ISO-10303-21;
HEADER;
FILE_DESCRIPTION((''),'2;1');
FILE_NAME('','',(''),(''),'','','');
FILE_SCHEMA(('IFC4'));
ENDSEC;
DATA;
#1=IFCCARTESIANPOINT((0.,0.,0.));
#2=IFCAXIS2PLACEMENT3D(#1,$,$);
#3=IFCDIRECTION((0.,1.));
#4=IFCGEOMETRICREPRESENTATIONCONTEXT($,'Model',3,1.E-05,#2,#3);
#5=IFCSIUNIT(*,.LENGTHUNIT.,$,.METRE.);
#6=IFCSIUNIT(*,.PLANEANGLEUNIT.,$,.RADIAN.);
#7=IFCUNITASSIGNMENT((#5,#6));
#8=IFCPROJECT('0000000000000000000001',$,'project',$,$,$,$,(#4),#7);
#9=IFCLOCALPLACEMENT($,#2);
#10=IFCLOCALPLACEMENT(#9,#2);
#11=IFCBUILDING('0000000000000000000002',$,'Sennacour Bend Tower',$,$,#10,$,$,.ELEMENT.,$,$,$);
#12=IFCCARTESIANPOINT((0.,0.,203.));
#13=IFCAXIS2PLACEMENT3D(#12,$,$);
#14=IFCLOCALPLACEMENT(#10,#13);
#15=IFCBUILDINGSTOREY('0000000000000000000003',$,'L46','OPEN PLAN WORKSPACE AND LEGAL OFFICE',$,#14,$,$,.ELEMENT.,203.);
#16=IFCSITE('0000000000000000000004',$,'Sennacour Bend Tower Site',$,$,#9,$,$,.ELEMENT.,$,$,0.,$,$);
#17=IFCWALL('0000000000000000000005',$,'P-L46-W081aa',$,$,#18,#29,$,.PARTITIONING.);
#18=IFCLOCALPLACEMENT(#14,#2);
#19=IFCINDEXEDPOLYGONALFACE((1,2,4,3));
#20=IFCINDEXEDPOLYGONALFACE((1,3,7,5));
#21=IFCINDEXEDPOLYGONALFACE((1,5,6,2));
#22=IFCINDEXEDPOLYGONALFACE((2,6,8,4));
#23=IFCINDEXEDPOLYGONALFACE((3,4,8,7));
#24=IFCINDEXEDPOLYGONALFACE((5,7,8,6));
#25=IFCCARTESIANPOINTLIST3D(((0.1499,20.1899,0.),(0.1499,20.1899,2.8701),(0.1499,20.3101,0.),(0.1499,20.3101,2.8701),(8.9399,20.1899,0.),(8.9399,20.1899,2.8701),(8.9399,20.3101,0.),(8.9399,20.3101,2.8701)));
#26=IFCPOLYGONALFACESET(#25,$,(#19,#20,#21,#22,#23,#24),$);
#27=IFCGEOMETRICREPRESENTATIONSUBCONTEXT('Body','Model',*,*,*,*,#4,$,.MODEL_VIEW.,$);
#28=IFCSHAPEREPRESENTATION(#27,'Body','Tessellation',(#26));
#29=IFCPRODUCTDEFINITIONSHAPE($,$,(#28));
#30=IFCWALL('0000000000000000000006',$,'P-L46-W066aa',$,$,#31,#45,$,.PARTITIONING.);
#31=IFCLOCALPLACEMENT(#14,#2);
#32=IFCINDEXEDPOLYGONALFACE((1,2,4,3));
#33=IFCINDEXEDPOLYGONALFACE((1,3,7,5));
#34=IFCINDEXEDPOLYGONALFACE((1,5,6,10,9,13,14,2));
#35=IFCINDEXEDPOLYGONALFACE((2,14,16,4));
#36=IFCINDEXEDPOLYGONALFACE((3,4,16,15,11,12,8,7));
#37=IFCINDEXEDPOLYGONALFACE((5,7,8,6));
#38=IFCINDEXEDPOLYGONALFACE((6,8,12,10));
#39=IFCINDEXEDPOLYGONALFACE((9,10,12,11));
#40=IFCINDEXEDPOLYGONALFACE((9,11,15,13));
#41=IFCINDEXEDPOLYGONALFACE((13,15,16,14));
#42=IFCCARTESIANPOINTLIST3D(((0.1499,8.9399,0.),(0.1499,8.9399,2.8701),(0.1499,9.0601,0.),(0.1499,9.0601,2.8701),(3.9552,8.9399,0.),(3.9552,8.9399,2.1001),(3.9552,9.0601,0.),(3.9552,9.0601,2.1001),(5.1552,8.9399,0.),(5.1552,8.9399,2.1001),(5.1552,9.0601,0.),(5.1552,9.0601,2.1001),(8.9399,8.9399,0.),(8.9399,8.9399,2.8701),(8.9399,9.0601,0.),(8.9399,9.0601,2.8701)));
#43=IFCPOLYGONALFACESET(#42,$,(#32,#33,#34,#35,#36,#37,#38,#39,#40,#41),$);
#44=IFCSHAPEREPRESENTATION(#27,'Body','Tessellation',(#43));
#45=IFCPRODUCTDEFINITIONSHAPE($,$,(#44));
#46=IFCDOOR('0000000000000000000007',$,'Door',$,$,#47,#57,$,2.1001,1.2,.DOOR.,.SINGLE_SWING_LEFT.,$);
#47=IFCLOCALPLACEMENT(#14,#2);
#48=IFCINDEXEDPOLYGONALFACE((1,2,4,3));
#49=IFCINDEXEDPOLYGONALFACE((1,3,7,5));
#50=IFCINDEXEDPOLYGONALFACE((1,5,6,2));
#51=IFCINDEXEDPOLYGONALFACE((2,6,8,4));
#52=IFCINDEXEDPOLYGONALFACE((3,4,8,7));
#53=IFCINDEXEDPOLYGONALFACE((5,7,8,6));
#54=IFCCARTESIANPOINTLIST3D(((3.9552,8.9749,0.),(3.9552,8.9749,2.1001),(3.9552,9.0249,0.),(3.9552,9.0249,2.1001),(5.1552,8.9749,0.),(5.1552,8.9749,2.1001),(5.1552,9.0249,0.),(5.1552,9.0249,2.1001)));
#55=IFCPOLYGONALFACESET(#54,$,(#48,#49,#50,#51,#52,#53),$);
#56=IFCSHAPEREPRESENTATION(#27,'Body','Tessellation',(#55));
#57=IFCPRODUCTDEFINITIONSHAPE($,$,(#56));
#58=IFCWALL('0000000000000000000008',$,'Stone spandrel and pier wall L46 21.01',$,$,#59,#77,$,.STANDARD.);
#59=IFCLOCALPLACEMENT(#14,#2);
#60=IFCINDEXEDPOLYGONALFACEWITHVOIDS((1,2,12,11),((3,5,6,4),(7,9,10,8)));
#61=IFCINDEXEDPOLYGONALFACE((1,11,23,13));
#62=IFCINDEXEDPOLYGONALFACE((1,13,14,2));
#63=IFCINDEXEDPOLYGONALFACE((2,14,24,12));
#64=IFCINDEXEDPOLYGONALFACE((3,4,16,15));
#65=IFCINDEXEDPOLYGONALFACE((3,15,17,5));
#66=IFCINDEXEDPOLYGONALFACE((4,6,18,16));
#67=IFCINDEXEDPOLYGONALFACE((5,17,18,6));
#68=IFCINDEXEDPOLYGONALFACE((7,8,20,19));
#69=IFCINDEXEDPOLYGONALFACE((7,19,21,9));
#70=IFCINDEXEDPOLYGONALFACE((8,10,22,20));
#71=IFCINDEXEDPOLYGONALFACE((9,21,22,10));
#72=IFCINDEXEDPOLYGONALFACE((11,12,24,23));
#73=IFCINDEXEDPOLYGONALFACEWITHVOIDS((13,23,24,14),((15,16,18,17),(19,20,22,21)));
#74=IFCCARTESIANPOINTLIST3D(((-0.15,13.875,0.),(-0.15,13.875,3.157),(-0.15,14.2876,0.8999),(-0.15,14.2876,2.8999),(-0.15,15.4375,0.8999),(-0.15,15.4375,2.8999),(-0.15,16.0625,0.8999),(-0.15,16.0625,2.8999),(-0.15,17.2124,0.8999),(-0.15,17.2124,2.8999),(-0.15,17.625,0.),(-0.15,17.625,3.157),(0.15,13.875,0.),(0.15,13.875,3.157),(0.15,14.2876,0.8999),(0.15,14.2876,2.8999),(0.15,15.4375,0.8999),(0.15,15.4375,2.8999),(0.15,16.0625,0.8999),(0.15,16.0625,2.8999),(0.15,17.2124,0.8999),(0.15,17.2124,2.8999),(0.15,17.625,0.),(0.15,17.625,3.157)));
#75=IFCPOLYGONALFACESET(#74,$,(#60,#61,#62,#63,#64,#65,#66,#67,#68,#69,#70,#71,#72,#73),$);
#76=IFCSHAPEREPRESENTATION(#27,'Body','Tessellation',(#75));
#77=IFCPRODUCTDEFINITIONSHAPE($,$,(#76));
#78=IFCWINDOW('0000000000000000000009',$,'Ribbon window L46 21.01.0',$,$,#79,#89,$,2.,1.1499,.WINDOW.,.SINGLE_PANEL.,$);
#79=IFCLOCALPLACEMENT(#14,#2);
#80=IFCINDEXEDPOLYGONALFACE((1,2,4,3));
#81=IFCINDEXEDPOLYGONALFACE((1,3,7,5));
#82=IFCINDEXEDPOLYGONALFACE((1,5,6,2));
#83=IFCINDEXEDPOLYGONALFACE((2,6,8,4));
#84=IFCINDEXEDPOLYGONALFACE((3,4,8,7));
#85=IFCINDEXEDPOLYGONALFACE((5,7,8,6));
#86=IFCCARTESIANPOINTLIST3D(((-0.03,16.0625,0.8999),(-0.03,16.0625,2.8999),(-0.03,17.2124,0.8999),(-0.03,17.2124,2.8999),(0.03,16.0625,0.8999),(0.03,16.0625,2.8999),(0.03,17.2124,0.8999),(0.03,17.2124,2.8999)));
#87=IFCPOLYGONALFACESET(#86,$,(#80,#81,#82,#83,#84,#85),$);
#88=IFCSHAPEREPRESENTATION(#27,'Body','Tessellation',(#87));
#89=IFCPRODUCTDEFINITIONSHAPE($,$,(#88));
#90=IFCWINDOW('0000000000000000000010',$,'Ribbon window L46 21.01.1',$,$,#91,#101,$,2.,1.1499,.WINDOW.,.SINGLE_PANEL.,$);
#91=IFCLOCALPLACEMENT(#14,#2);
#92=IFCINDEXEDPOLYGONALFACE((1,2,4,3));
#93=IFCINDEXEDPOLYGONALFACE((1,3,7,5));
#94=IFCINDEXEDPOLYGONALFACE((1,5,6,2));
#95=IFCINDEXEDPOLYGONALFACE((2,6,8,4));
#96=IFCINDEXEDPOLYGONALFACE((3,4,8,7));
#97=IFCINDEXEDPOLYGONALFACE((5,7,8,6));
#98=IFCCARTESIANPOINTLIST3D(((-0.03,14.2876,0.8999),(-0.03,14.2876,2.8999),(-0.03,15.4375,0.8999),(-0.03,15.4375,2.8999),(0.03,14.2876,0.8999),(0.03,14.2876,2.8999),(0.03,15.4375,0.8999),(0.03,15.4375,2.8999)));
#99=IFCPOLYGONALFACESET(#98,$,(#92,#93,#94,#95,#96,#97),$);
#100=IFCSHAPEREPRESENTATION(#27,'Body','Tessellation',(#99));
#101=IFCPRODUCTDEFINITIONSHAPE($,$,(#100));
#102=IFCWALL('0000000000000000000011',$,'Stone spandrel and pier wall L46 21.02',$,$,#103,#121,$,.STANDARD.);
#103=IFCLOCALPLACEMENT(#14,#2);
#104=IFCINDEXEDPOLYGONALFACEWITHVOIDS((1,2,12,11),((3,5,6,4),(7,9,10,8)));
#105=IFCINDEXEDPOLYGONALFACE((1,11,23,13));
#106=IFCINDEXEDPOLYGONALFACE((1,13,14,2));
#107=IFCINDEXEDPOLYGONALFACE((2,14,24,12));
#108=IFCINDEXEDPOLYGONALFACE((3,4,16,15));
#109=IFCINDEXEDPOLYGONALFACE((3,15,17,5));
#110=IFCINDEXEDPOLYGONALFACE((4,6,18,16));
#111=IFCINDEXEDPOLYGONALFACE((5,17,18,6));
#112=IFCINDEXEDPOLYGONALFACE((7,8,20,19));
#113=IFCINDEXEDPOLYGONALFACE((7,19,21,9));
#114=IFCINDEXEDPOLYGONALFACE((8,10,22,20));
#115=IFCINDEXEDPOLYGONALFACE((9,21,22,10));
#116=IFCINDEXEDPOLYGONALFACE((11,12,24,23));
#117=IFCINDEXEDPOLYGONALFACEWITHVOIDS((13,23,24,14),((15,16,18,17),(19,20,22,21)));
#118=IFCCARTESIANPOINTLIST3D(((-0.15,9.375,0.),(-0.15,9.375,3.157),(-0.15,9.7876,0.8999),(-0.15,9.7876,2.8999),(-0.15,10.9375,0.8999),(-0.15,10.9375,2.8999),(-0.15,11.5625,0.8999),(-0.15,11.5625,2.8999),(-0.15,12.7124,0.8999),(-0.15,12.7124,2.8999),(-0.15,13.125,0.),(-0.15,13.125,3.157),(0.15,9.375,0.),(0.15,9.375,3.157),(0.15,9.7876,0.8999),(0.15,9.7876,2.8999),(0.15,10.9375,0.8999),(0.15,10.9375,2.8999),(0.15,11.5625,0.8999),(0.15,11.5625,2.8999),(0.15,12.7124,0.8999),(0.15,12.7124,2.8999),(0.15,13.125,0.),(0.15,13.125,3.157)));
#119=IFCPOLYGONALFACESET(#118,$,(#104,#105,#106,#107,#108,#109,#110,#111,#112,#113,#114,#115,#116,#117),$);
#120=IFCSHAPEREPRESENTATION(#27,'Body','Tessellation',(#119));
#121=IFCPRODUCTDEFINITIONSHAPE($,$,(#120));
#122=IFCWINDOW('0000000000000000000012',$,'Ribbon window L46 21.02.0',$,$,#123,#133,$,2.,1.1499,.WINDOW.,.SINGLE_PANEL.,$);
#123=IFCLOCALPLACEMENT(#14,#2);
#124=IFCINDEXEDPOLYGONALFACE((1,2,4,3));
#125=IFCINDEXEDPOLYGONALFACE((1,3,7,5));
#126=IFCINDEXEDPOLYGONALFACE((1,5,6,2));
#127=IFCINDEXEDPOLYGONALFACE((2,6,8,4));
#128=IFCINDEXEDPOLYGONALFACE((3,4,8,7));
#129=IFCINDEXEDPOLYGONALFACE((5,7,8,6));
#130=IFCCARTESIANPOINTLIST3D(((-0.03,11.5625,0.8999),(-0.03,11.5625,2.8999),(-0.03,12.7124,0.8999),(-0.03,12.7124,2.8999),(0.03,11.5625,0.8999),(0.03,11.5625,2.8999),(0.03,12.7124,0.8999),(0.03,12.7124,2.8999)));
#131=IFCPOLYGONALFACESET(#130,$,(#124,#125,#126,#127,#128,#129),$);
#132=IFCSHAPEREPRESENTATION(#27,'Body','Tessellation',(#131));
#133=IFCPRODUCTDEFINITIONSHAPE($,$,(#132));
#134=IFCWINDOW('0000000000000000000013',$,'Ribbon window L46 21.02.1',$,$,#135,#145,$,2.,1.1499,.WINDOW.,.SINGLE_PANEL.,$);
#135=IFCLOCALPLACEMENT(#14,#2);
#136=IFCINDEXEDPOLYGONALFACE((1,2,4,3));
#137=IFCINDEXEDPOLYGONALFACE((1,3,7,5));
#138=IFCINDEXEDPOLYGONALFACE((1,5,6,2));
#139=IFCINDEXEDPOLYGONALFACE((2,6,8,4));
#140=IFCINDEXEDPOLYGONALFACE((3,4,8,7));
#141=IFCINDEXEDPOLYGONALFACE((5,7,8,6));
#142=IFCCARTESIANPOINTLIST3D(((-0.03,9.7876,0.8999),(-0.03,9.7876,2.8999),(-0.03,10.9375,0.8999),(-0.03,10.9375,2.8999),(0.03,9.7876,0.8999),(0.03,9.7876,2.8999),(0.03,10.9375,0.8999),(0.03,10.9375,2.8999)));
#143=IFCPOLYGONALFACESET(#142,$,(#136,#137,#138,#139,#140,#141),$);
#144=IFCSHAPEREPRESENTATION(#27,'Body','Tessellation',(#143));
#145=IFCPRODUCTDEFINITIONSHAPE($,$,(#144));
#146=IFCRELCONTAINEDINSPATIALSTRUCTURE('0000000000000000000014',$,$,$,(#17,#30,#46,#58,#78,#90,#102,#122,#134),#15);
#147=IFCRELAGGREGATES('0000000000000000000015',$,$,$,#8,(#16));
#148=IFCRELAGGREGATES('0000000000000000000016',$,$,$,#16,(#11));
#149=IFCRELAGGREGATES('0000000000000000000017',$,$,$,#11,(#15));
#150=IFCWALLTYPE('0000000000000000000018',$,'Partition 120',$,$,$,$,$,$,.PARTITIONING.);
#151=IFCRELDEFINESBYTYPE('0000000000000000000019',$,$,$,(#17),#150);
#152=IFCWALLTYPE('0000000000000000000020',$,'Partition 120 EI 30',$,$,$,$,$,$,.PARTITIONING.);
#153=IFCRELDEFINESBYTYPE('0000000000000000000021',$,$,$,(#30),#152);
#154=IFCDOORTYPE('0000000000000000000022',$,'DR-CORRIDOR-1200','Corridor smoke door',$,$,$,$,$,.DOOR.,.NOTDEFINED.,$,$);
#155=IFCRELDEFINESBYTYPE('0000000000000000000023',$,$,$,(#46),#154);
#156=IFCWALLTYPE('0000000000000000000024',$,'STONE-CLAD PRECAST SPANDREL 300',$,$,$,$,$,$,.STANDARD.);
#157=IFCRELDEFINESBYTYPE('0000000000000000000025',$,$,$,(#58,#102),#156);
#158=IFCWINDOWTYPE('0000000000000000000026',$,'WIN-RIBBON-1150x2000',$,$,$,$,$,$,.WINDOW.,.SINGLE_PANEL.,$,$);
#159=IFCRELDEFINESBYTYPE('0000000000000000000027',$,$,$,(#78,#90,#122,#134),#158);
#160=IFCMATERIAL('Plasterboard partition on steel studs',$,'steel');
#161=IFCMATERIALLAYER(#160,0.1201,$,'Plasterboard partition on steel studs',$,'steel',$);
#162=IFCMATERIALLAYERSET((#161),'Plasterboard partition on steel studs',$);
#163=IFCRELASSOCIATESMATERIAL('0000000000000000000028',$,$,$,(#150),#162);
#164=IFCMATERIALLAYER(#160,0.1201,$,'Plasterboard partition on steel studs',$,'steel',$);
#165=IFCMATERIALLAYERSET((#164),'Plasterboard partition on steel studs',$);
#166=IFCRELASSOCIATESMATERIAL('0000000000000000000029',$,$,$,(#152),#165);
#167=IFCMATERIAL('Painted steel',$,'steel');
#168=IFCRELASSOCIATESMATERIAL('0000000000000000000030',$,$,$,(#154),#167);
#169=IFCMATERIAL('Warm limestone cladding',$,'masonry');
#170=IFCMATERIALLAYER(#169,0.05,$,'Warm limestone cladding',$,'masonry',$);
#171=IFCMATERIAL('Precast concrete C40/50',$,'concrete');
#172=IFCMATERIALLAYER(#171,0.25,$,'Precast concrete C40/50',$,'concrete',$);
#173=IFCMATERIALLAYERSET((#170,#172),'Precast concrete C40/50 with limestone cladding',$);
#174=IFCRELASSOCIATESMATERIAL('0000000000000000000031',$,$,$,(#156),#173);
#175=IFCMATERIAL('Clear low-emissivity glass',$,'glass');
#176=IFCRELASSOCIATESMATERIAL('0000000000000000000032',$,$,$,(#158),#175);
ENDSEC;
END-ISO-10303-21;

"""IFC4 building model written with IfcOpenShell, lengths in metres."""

from ifc_helpers import new_model, si_unit, direction, frame, frame_2d, origin, place, context, subcontext, project, spatial, rectangle, extrude, material, layer, layer_set, type_object, element, fill, save


model = new_model("IFC4")

# Units and contexts
model_context = context("Model", 3, precision=1e-05, world=origin(), true_north=direction((0.0, 1.0)))
body_context = subcontext(model_context, "Body", "Model", "MODEL_VIEW")
ifc_project = project(units=[si_unit("LENGTHUNIT", "METRE"), si_unit("PLANEANGLEUNIT", "RADIAN")], contexts=[model_context])

# Site, building, storey
site_placement = place(None, origin())
site = spatial("IfcSite", under=ifc_project, at=site_placement, Name="Sennacour Bend Tower Site", CompositionType="ELEMENT", RefElevation=0.0)
building_placement = place(site_placement, origin())
building = spatial("IfcBuilding", under=site, at=building_placement, Name="Sennacour Bend Tower", CompositionType="ELEMENT")
storey_placement = place(building_placement, frame((0.0, 0.0, 203.0)))
storey = spatial("IfcBuildingStorey", under=building, at=storey_placement, Name="L46", Description="OPEN PLAN WORKSPACE AND LEGAL OFFICE", CompositionType="ELEMENT", Elevation=203.0)

# Wall
ifc_material_1 = material(Name="Plasterboard partition on steel studs", Category="steel")
ifc_layer_1 = layer(ifc_material_1, 0.1201, Name="Plasterboard partition on steel studs", Category="steel")
ifc_layer_set_1 = layer_set([ifc_layer_1], Name="Plasterboard partition on steel studs")
wall_type_1 = type_object("IfcWallType", Name="Partition 120", PredefinedType="PARTITIONING", material=ifc_layer_set_1)
for number, where, z_axis, x_axis, name in (
    (1, (0.1499, 20.25, 0.0), (0.0, 0.0, 1.0), (1.0, 0.0, 0.0), "P-L46-W081aa"),
):
    element("IfcWall", number, at=place(storey_placement, frame(where, z_axis=z_axis, x_axis=x_axis)), inside=storey, type_object=wall_type_1, Name=name, PredefinedType="PARTITIONING", context=body_context, shape_type="SweptSolid", body=[
        extrude(rectangle(XDim=8.79, YDim=0.1201, at=frame_2d((4.395, 0.0))), origin(), (0.0, 0.0, 1.0), 2.8701),
    ])

# Wall, opening, door
ifc_layer_2 = layer(ifc_material_1, 0.1201, Name="Plasterboard partition on steel studs", Category="steel")
ifc_layer_set_2 = layer_set([ifc_layer_2], Name="Plasterboard partition on steel studs")
wall_type_2 = type_object("IfcWallType", Name="Partition 120 EI 30", PredefinedType="PARTITIONING", material=ifc_layer_set_2)
wall_1_placement = place(storey_placement, frame((0.1499, 9.0, 0.0), z_axis=(0.0, 0.0, 1.0), x_axis=(1.0, 0.0, 0.0)))
wall_1 = element("IfcWall", 2, at=wall_1_placement, inside=storey, type_object=wall_type_2, Name="P-L46-W066aa", PredefinedType="PARTITIONING", context=body_context, shape_type="SweptSolid", body=[
    extrude(rectangle(XDim=8.79, YDim=0.1201, at=frame_2d((4.395, 0.0))), origin(), (0.0, 0.0, 1.0), 2.8701),
])
opening_1_placement = place(wall_1_placement, frame((3.8052, 0.0, 0.0)))
opening_1 = element("IfcOpeningElement", 3, at=opening_1_placement, cuts=wall_1, PredefinedType="OPENING", context=body_context, shape_type="SweptSolid", body=[
    extrude(rectangle(XDim=1.2, YDim=2.1001, at=frame_2d((0.6001, 1.05))), frame((0.0, 0.0701, 0.0), z_axis=(0.0, -1.0, 0.0), x_axis=(1.0, 0.0, 0.0)), (0.0, 0.0, 1.0), 0.1401),
])
ifc_material_2 = material(Name="Painted steel", Category="steel")
door_type = type_object("IfcDoorType", Name="DR-CORRIDOR-1200", Description="Corridor smoke door", OperationType="NOTDEFINED", PredefinedType="DOOR", material=ifc_material_2)
door_placement = place(opening_1_placement, origin())
door = element("IfcDoor", 4, at=door_placement, inside=storey, type_object=door_type, Name="Door", OperationType="SINGLE_SWING_LEFT", OverallHeight=2.1001, OverallWidth=1.2, PredefinedType="DOOR", context=body_context, shape_type="SweptSolid", body=[
    extrude(rectangle(XDim=1.2, YDim=2.1001, at=frame_2d((0.6001, 1.05))), frame((0.0, 0.0249, 0.0), z_axis=(0.0, -1.0, 0.0), x_axis=(1.0, 0.0, 0.0)), (0.0, 0.0, 1.0), 0.05),
])
fill(opening_1, door)

# Walls, openings, windows
ifc_material_3 = material(Name="Warm limestone cladding", Category="masonry")
ifc_layer_3 = layer(ifc_material_3, 0.05, Name="Warm limestone cladding", Category="masonry")
ifc_material_4 = material(Name="Precast concrete C40/50", Category="concrete")
ifc_layer_4 = layer(ifc_material_4, 0.25, Name="Precast concrete C40/50", Category="concrete")
ifc_layer_set_3 = layer_set([ifc_layer_3, ifc_layer_4], Name="Precast concrete C40/50 with limestone cladding")
wall_type_3 = type_object("IfcWallType", Name="STONE-CLAD PRECAST SPANDREL 300", PredefinedType="STANDARD", material=ifc_layer_set_3)
wall_2_placement = place(storey_placement, frame((0.0, 17.625, 0.0), z_axis=(0.0, 0.0, 1.0), x_axis=(0.0, -1.0, 0.0)))
wall_2 = element("IfcWall", 5, at=wall_2_placement, inside=storey, type_object=wall_type_3, Name="Stone spandrel and pier wall L46 21.01", PredefinedType="STANDARD", context=body_context, shape_type="SweptSolid", body=[
    extrude(rectangle(XDim=3.75, YDim=0.3, at=frame_2d((1.875, 0.0))), origin(), (0.0, 0.0, 1.0), 3.157),
])
opening_2_placement = place(wall_2_placement, frame((0.4126, 0.0, 0.8999)))
opening_2 = element("IfcOpeningElement", 6, at=opening_2_placement, cuts=wall_2, PredefinedType="OPENING", context=body_context, shape_type="SweptSolid", body=[
    extrude(rectangle(XDim=1.1499, YDim=2.0, at=frame_2d((0.575, 1.0))), frame((0.0, 0.1602, 0.0), z_axis=(0.0, -1.0, 0.0), x_axis=(1.0, 0.0, 0.0)), (0.0, 0.0, 1.0), 0.3201),
])
opening_3_placement = place(wall_2_placement, frame((2.1875, 0.0, 0.8999)))
opening_3 = element("IfcOpeningElement", 7, at=opening_3_placement, cuts=wall_2, PredefinedType="OPENING", context=body_context, shape_type="SweptSolid", body=[
    extrude(rectangle(XDim=1.1499, YDim=2.0, at=frame_2d((0.575, 1.0))), frame((0.0, 0.1602, 0.0), z_axis=(0.0, -1.0, 0.0), x_axis=(1.0, 0.0, 0.0)), (0.0, 0.0, 1.0), 0.3201),
])
ifc_material_5 = material(Name="Clear low-emissivity glass", Category="glass")
window_type = type_object("IfcWindowType", Name="WIN-RIBBON-1150x2000", PartitioningType="SINGLE_PANEL", PredefinedType="WINDOW", material=ifc_material_5)
window_1_placement = place(opening_2_placement, origin())
window_1 = element("IfcWindow", 8, at=window_1_placement, inside=storey, type_object=window_type, Name="Ribbon window L46 21.01.0", OverallHeight=2.0, OverallWidth=1.1499, PartitioningType="SINGLE_PANEL", PredefinedType="WINDOW", context=body_context, shape_type="SweptSolid", body=[
    extrude(rectangle(XDim=1.1499, YDim=2.0, at=frame_2d((0.575, 1.0))), frame((0.0, 0.03, 0.0), z_axis=(0.0, -1.0, 0.0), x_axis=(1.0, 0.0, 0.0)), (0.0, 0.0, 1.0), 0.0601),
])
fill(opening_2, window_1)
window_2_placement = place(opening_3_placement, origin())
window_2 = element("IfcWindow", 9, at=window_2_placement, inside=storey, type_object=window_type, Name="Ribbon window L46 21.01.1", OverallHeight=2.0, OverallWidth=1.1499, PartitioningType="SINGLE_PANEL", PredefinedType="WINDOW", context=body_context, shape_type="SweptSolid", body=[
    extrude(rectangle(XDim=1.1499, YDim=2.0, at=frame_2d((0.575, 1.0))), frame((0.0, 0.03, 0.0), z_axis=(0.0, -1.0, 0.0), x_axis=(1.0, 0.0, 0.0)), (0.0, 0.0, 1.0), 0.0601),
])
fill(opening_3, window_2)
wall_3_placement = place(storey_placement, frame((0.0, 13.125, 0.0), z_axis=(0.0, 0.0, 1.0), x_axis=(0.0, -1.0, 0.0)))
wall_3 = element("IfcWall", 10, at=wall_3_placement, inside=storey, type_object=wall_type_3, Name="Stone spandrel and pier wall L46 21.02", PredefinedType="STANDARD", context=body_context, shape_type="SweptSolid", body=[
    extrude(rectangle(XDim=3.75, YDim=0.3, at=frame_2d((1.875, 0.0))), origin(), (0.0, 0.0, 1.0), 3.157),
])
opening_4_placement = place(wall_3_placement, frame((0.4126, 0.0, 0.8999)))
opening_4 = element("IfcOpeningElement", 11, at=opening_4_placement, cuts=wall_3, PredefinedType="OPENING", context=body_context, shape_type="SweptSolid", body=[
    extrude(rectangle(XDim=1.1499, YDim=2.0, at=frame_2d((0.575, 1.0))), frame((0.0, 0.1602, 0.0), z_axis=(0.0, -1.0, 0.0), x_axis=(1.0, 0.0, 0.0)), (0.0, 0.0, 1.0), 0.3201),
])
opening_5_placement = place(wall_3_placement, frame((2.1875, 0.0, 0.8999)))
opening_5 = element("IfcOpeningElement", 12, at=opening_5_placement, cuts=wall_3, PredefinedType="OPENING", context=body_context, shape_type="SweptSolid", body=[
    extrude(rectangle(XDim=1.1499, YDim=2.0, at=frame_2d((0.575, 1.0))), frame((0.0, 0.1602, 0.0), z_axis=(0.0, -1.0, 0.0), x_axis=(1.0, 0.0, 0.0)), (0.0, 0.0, 1.0), 0.3201),
])
window_3_placement = place(opening_4_placement, origin())
window_3 = element("IfcWindow", 13, at=window_3_placement, inside=storey, type_object=window_type, Name="Ribbon window L46 21.02.0", OverallHeight=2.0, OverallWidth=1.1499, PartitioningType="SINGLE_PANEL", PredefinedType="WINDOW", context=body_context, shape_type="SweptSolid", body=[
    extrude(rectangle(XDim=1.1499, YDim=2.0, at=frame_2d((0.575, 1.0))), frame((0.0, 0.03, 0.0), z_axis=(0.0, -1.0, 0.0), x_axis=(1.0, 0.0, 0.0)), (0.0, 0.0, 1.0), 0.0601),
])
fill(opening_4, window_3)
window_4_placement = place(opening_5_placement, origin())
window_4 = element("IfcWindow", 14, at=window_4_placement, inside=storey, type_object=window_type, Name="Ribbon window L46 21.02.1", OverallHeight=2.0, OverallWidth=1.1499, PartitioningType="SINGLE_PANEL", PredefinedType="WINDOW", context=body_context, shape_type="SweptSolid", body=[
    extrude(rectangle(XDim=1.1499, YDim=2.0, at=frame_2d((0.575, 1.0))), frame((0.0, 0.03, 0.0), z_axis=(0.0, -1.0, 0.0), x_axis=(1.0, 0.0, 0.0)), (0.0, 0.0, 1.0), 0.0601),
])
fill(opening_5, window_4)

save(model, "model.ifc")
